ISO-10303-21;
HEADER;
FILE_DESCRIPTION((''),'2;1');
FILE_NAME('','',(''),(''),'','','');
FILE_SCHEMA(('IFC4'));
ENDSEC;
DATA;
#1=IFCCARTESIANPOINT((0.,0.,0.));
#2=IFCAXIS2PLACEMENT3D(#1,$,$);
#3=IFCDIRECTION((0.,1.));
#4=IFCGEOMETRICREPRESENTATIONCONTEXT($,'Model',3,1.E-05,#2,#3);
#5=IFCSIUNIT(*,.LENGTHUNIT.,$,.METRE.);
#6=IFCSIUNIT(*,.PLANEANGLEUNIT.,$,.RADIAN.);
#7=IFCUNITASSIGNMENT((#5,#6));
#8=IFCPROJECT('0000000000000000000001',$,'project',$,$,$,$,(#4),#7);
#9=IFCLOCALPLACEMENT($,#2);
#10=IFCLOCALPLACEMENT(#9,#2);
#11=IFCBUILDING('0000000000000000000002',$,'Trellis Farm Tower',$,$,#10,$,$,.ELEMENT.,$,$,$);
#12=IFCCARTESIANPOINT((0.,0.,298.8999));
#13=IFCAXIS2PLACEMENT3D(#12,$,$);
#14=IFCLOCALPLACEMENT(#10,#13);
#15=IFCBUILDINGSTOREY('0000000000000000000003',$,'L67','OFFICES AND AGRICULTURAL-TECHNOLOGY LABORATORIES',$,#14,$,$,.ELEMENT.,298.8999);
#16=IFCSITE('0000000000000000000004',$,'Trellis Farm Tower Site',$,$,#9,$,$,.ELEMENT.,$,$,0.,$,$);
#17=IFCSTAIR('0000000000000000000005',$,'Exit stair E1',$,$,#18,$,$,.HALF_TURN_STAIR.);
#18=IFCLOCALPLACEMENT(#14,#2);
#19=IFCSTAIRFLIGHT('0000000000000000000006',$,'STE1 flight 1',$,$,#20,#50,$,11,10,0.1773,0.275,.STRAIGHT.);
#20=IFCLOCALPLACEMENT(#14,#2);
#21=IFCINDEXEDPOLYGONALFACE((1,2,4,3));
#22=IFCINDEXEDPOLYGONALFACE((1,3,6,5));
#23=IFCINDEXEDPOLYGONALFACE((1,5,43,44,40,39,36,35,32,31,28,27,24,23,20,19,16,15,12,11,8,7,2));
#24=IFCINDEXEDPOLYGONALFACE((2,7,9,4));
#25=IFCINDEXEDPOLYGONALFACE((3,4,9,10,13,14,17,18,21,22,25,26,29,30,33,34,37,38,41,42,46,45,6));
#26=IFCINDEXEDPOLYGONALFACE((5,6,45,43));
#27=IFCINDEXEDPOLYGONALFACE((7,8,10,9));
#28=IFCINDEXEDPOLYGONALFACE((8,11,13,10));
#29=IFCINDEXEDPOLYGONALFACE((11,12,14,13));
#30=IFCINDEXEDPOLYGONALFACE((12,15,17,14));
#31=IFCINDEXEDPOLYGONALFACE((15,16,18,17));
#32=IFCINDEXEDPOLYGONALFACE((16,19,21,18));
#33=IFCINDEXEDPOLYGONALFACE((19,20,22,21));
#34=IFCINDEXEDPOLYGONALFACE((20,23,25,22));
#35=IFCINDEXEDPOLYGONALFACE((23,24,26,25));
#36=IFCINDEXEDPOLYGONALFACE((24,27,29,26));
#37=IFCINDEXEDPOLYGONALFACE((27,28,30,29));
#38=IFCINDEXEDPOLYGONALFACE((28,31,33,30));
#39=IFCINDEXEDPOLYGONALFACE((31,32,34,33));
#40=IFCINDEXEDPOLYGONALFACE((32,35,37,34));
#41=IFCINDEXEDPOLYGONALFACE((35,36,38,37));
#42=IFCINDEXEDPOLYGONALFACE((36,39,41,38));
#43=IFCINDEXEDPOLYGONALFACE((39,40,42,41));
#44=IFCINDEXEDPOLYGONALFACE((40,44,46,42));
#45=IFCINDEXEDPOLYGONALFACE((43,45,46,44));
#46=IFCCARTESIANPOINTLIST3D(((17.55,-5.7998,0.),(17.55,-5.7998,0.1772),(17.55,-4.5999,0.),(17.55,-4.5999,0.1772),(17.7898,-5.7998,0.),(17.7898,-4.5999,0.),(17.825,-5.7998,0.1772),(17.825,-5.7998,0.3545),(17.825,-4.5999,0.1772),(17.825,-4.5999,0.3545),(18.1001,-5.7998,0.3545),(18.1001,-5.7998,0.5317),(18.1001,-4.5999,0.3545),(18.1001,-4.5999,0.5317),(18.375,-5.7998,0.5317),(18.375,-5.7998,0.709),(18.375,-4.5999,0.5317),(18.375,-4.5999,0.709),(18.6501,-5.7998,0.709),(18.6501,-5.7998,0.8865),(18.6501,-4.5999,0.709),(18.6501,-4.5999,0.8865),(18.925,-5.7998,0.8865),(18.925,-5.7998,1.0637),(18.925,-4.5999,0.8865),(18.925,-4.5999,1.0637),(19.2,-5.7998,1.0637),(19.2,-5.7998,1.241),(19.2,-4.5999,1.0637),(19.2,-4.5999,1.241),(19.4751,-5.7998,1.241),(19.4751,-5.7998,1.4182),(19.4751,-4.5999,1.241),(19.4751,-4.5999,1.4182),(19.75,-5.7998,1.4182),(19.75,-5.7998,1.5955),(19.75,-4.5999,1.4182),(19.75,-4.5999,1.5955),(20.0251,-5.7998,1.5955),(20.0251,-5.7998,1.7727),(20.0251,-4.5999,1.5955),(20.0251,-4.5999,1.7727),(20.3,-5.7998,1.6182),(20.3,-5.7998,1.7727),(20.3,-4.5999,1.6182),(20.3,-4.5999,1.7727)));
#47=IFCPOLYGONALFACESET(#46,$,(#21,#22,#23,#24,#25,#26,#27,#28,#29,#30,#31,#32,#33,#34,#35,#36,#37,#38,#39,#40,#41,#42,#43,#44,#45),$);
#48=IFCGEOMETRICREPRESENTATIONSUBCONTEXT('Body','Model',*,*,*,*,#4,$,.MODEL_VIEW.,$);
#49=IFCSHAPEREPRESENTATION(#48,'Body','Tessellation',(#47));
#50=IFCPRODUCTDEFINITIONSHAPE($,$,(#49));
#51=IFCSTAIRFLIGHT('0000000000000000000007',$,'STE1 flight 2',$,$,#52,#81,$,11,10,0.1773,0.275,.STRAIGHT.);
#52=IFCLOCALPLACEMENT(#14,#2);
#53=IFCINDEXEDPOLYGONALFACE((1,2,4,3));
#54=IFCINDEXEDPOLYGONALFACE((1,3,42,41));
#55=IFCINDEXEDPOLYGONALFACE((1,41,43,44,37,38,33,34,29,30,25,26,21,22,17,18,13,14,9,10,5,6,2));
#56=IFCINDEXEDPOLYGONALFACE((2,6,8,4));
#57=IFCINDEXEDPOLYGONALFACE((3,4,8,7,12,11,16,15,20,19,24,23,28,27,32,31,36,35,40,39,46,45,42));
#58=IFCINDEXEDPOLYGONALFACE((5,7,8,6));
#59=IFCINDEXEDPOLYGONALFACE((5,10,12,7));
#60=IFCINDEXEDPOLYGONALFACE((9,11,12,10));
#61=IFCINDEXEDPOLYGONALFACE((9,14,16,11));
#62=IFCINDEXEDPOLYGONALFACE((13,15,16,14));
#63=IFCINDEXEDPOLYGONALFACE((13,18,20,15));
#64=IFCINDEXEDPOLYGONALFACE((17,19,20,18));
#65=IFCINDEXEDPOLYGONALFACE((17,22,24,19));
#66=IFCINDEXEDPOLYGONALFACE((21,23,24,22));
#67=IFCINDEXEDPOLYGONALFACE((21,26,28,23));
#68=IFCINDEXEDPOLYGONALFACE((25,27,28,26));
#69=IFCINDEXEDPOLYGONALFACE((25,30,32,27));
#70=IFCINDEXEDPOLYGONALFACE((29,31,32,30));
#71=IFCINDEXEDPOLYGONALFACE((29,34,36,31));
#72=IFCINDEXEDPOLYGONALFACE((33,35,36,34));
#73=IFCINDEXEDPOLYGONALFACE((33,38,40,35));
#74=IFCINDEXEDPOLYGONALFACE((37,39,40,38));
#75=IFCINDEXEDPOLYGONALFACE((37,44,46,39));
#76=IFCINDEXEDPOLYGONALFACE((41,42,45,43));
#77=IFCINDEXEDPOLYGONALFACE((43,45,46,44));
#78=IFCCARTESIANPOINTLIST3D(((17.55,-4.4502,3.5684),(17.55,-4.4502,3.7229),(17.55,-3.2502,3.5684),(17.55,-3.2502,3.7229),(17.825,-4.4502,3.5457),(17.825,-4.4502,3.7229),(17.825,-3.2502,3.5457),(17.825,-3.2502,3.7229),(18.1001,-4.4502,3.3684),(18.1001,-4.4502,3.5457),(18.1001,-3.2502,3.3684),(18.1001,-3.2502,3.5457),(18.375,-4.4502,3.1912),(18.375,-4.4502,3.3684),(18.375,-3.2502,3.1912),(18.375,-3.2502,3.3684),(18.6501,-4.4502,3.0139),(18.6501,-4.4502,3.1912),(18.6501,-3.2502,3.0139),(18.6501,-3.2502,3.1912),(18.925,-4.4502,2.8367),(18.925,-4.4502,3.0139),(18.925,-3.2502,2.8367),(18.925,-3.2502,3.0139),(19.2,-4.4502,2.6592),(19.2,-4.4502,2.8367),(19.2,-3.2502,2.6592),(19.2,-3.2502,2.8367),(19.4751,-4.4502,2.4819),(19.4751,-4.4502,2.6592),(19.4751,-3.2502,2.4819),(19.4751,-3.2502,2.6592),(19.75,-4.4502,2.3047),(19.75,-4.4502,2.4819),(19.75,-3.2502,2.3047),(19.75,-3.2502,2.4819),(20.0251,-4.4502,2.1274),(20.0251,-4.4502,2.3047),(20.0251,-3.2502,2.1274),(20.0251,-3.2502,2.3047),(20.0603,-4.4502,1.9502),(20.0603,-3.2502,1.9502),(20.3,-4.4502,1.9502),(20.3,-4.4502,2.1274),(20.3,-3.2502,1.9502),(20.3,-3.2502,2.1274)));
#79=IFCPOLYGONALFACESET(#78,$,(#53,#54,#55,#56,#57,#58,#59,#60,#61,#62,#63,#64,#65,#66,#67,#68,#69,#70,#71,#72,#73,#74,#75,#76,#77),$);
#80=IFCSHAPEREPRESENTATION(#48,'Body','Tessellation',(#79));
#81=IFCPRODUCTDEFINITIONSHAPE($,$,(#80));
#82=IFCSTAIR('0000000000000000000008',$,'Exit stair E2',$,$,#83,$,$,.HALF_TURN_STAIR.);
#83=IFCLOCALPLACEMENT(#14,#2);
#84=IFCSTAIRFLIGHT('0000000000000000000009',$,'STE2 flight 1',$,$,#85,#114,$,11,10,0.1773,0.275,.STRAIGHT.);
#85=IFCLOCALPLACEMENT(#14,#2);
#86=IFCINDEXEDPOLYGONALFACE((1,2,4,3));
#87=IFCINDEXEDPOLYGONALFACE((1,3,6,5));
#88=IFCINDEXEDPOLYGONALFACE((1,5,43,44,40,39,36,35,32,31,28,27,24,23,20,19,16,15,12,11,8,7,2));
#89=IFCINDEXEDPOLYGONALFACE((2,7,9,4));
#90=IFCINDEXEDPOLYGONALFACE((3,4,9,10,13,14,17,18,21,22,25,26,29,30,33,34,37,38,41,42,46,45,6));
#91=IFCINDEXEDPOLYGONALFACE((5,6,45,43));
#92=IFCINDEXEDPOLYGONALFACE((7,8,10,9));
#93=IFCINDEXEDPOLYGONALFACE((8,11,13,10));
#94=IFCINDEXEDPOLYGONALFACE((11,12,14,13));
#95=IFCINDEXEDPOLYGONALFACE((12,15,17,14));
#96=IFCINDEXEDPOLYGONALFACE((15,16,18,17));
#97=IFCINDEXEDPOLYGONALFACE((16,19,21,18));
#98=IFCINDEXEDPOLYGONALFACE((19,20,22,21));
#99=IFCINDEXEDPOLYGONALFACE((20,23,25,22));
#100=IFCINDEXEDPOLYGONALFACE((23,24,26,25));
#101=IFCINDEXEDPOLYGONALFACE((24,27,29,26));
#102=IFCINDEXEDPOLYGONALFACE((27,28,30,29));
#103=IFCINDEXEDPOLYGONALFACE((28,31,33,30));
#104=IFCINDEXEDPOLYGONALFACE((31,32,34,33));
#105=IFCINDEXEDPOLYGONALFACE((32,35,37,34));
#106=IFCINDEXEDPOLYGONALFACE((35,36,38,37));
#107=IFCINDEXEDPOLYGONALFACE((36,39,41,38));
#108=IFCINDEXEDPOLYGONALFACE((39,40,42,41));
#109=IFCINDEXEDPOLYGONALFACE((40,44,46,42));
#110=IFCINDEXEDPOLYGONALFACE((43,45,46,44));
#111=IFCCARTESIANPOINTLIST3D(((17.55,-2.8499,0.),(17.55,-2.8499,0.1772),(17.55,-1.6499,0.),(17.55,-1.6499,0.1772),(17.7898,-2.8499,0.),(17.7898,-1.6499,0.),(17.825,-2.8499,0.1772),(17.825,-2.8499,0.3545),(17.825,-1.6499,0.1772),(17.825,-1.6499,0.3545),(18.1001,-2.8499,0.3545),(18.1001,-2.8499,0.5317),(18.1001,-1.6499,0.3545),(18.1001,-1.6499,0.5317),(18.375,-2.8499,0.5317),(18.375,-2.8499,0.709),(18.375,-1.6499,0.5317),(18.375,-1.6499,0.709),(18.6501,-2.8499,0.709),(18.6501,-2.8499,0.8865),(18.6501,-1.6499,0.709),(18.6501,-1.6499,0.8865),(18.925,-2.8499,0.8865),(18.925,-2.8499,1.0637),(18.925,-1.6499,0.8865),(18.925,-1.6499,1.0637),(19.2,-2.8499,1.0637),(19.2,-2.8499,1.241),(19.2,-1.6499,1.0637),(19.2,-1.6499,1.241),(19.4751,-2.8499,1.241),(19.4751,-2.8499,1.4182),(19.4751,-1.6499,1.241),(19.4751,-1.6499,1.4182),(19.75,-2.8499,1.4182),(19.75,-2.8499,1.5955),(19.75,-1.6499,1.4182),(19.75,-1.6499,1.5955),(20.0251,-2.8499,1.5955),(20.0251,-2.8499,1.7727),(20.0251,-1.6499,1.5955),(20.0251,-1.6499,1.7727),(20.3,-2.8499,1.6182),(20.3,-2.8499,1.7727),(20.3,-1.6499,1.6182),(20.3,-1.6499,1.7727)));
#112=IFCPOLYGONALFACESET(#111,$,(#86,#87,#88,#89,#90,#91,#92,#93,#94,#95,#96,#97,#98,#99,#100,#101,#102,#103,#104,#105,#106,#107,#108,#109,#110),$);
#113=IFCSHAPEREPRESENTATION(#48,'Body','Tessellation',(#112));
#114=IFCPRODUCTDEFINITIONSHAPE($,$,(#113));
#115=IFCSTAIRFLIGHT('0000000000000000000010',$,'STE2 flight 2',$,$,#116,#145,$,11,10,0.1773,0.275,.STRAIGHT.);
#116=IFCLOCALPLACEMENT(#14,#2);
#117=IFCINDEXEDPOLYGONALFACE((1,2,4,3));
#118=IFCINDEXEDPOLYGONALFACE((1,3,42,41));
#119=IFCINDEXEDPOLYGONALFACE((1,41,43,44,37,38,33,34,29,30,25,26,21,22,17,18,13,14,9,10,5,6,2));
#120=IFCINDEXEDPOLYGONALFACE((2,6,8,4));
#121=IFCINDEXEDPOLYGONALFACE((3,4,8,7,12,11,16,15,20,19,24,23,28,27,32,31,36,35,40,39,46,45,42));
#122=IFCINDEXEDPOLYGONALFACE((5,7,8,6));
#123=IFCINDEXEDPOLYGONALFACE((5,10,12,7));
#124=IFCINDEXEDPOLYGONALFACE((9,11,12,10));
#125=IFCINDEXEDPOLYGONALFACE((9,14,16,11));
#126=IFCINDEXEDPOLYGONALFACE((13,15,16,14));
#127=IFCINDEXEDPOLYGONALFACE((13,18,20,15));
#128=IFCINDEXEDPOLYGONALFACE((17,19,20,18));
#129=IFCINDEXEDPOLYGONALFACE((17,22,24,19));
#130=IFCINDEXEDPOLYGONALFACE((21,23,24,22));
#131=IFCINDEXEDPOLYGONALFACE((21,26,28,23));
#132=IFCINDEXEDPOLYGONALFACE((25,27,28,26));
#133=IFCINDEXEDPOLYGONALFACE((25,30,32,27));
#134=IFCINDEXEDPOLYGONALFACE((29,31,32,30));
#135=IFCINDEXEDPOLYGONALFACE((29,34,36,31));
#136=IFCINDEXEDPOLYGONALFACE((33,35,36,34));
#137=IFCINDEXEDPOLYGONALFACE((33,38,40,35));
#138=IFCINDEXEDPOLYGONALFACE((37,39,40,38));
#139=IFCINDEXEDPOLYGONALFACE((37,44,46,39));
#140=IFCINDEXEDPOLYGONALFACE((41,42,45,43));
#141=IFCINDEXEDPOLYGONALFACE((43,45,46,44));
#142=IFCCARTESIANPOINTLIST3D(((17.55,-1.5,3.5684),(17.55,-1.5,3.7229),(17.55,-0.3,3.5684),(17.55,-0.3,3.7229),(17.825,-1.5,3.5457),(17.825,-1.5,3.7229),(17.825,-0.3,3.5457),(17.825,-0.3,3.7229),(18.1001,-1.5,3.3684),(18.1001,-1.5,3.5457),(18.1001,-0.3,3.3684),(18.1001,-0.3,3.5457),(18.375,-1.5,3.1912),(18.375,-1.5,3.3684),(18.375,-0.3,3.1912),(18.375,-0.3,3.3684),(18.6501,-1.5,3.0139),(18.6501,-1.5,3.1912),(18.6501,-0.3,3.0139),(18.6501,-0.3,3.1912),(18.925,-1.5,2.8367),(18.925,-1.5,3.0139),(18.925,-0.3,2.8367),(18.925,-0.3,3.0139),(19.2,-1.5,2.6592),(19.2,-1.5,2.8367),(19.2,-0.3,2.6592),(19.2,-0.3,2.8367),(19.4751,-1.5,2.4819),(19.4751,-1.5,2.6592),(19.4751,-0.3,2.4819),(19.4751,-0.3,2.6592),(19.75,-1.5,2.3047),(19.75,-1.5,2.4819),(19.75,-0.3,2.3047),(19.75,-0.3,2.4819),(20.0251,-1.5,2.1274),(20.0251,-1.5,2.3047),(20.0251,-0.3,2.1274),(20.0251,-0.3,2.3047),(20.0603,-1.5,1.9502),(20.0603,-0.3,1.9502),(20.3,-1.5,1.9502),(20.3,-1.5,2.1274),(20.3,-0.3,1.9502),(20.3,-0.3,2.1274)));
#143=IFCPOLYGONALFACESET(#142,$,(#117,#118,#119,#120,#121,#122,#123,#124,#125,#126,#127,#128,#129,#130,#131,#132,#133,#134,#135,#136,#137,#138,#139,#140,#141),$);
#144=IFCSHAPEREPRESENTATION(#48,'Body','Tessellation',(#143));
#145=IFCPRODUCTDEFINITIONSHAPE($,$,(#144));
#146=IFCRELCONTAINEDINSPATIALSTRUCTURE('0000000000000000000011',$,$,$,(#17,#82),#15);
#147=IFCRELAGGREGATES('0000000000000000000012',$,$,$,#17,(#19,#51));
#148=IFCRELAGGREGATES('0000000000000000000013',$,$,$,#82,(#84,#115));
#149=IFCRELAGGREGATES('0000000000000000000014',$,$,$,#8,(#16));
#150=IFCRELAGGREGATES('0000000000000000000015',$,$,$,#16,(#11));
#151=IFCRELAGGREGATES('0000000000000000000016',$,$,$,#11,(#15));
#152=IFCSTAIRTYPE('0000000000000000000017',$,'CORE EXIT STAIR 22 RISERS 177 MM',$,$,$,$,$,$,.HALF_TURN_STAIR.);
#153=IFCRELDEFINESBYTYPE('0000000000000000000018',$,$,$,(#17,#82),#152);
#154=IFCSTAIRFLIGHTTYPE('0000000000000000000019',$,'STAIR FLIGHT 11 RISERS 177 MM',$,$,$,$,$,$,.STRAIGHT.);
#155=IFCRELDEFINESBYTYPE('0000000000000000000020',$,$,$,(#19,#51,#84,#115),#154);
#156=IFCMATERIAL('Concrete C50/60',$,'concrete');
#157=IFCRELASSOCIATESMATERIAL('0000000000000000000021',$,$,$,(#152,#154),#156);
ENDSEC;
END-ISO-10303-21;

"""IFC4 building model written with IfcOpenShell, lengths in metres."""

from ifc_helpers import new_model, si_unit, direction, frame, origin, place, context, subcontext, project, spatial, polyline, outline, extrude, source, transform, mapped, material, type_object, element, aggregate, save


model = new_model("IFC4")

# Units and contexts
model_context = context("Model", 3, precision=1e-05, world=origin(), true_north=direction((0.0, 1.0)))
body_context = subcontext(model_context, "Body", "Model", "MODEL_VIEW")
ifc_project = project(units=[si_unit("LENGTHUNIT", "METRE"), si_unit("PLANEANGLEUNIT", "RADIAN")], contexts=[model_context])

# Site, building, storey
site_placement = place(None, origin())
site = spatial("IfcSite", under=ifc_project, at=site_placement, Name="Trellis Farm Tower Site", CompositionType="ELEMENT", RefElevation=0.0)
building_placement = place(site_placement, origin())
building = spatial("IfcBuilding", under=site, at=building_placement, Name="Trellis Farm Tower", CompositionType="ELEMENT")
storey_placement = place(building_placement, frame((0.0, 0.0, 298.8999)))
storey = spatial("IfcBuildingStorey", under=building, at=storey_placement, Name="L67", Description="OFFICES AND AGRICULTURAL-TECHNOLOGY LABORATORIES", CompositionType="ELEMENT", Elevation=298.8999)

# Shared definitions
placement = place(storey_placement, origin())

# Shared definitions
ifc_material_1 = material(Name="Concrete C50/60", Category="concrete")

# Stairs, stair flights
stair_type = type_object("IfcStairType", Name="CORE EXIT STAIR 22 RISERS 177 MM", PredefinedType="HALF_TURN_STAIR", material=ifc_material_1)
stair_1 = element("IfcStair", 1, at=placement, inside=storey, type_object=stair_type, Name="Exit stair E1", PredefinedType="HALF_TURN_STAIR")
stair_flight_type = type_object("IfcStairFlightType", Name="STAIR FLIGHT 11 RISERS 177 MM", PredefinedType="STRAIGHT", material=ifc_material_1)
shared_shape_1 = source(origin(), body_context, "Body", "SweptSolid", [
    extrude(outline(polyline([(0.0, 0.0), (0.0, 0.1772), (0.2749, 0.1772), (0.2749, 0.3545), (0.55, 0.3545), (0.55, 0.5317), (0.825, 0.5317), (0.825, 0.709), (1.1001, 0.709), (1.1001, 0.8865), (1.375, 0.8865), (1.375, 1.0637), (1.6499, 1.0637), (1.6499, 1.241), (1.925, 1.241), (1.925, 1.4182), (2.2, 1.4182), (2.2, 1.5955), (2.4751, 1.5955), (2.4751, 1.7727), (2.75, 1.7727), (2.75, 1.95), (2.75, 1.6182), (0.2397, 0.0), (0.0, 0.0)])), frame((0.0, 0.6001, 0.0), z_axis=(0.0, -1.0, 0.0), x_axis=(1.0, 0.0, 0.0)), (0.0, 0.0, 1.0), 1.2),
])
stair_flight_1_placement = place(storey_placement, frame((17.55, -5.2, 0.0), z_axis=(0.0, 0.0, 1.0), x_axis=(1.0, 0.0, 0.0)))
stair_flight_1 = element("IfcStairFlight", 2, at=stair_flight_1_placement, type_object=stair_flight_type, Name="STE1 flight 1", NumberOfRisers=11, NumberOfTreads=10, PredefinedType="STRAIGHT", RiserHeight=0.1773, TreadLength=0.275, context=body_context, shape_type="MappedRepresentation", body=[
    mapped(shared_shape_1, transform((0.0, 0.0, 0.0))),
])
stair_flight_2_placement = place(storey_placement, frame((20.3, -3.8501, 1.9502), z_axis=(0.0, 0.0, 1.0), x_axis=(-1.0, 0.0, 0.0)))
stair_flight_2 = element("IfcStairFlight", 3, at=stair_flight_2_placement, type_object=stair_flight_type, Name="STE1 flight 2", NumberOfRisers=11, NumberOfTreads=10, PredefinedType="STRAIGHT", RiserHeight=0.1773, TreadLength=0.275, context=body_context, shape_type="MappedRepresentation", body=[
    mapped(shared_shape_1, transform((0.0, 0.0, 0.0))),
])
aggregate(stair_1, [stair_flight_1, stair_flight_2])
stair_2 = element("IfcStair", 4, at=placement, inside=storey, type_object=stair_type, Name="Exit stair E2", PredefinedType="HALF_TURN_STAIR")
stair_flight_3_placement = place(storey_placement, frame((17.55, -2.25, 0.0), z_axis=(0.0, 0.0, 1.0), x_axis=(1.0, 0.0, 0.0)))
stair_flight_3 = element("IfcStairFlight", 5, at=stair_flight_3_placement, type_object=stair_flight_type, Name="STE2 flight 1", NumberOfRisers=11, NumberOfTreads=10, PredefinedType="STRAIGHT", RiserHeight=0.1773, TreadLength=0.275, context=body_context, shape_type="MappedRepresentation", body=[
    mapped(shared_shape_1, transform((0.0, 0.0, 0.0))),
])
stair_flight_4_placement = place(storey_placement, frame((20.3, -0.8999, 1.9502), z_axis=(0.0, 0.0, 1.0), x_axis=(-1.0, 0.0, 0.0)))
stair_flight_4 = element("IfcStairFlight", 6, at=stair_flight_4_placement, type_object=stair_flight_type, Name="STE2 flight 2", NumberOfRisers=11, NumberOfTreads=10, PredefinedType="STRAIGHT", RiserHeight=0.1773, TreadLength=0.275, context=body_context, shape_type="MappedRepresentation", body=[
    mapped(shared_shape_1, transform((0.0, 0.0, 0.0))),
])
aggregate(stair_2, [stair_flight_3, stair_flight_4])

save(model, "model.ifc")
